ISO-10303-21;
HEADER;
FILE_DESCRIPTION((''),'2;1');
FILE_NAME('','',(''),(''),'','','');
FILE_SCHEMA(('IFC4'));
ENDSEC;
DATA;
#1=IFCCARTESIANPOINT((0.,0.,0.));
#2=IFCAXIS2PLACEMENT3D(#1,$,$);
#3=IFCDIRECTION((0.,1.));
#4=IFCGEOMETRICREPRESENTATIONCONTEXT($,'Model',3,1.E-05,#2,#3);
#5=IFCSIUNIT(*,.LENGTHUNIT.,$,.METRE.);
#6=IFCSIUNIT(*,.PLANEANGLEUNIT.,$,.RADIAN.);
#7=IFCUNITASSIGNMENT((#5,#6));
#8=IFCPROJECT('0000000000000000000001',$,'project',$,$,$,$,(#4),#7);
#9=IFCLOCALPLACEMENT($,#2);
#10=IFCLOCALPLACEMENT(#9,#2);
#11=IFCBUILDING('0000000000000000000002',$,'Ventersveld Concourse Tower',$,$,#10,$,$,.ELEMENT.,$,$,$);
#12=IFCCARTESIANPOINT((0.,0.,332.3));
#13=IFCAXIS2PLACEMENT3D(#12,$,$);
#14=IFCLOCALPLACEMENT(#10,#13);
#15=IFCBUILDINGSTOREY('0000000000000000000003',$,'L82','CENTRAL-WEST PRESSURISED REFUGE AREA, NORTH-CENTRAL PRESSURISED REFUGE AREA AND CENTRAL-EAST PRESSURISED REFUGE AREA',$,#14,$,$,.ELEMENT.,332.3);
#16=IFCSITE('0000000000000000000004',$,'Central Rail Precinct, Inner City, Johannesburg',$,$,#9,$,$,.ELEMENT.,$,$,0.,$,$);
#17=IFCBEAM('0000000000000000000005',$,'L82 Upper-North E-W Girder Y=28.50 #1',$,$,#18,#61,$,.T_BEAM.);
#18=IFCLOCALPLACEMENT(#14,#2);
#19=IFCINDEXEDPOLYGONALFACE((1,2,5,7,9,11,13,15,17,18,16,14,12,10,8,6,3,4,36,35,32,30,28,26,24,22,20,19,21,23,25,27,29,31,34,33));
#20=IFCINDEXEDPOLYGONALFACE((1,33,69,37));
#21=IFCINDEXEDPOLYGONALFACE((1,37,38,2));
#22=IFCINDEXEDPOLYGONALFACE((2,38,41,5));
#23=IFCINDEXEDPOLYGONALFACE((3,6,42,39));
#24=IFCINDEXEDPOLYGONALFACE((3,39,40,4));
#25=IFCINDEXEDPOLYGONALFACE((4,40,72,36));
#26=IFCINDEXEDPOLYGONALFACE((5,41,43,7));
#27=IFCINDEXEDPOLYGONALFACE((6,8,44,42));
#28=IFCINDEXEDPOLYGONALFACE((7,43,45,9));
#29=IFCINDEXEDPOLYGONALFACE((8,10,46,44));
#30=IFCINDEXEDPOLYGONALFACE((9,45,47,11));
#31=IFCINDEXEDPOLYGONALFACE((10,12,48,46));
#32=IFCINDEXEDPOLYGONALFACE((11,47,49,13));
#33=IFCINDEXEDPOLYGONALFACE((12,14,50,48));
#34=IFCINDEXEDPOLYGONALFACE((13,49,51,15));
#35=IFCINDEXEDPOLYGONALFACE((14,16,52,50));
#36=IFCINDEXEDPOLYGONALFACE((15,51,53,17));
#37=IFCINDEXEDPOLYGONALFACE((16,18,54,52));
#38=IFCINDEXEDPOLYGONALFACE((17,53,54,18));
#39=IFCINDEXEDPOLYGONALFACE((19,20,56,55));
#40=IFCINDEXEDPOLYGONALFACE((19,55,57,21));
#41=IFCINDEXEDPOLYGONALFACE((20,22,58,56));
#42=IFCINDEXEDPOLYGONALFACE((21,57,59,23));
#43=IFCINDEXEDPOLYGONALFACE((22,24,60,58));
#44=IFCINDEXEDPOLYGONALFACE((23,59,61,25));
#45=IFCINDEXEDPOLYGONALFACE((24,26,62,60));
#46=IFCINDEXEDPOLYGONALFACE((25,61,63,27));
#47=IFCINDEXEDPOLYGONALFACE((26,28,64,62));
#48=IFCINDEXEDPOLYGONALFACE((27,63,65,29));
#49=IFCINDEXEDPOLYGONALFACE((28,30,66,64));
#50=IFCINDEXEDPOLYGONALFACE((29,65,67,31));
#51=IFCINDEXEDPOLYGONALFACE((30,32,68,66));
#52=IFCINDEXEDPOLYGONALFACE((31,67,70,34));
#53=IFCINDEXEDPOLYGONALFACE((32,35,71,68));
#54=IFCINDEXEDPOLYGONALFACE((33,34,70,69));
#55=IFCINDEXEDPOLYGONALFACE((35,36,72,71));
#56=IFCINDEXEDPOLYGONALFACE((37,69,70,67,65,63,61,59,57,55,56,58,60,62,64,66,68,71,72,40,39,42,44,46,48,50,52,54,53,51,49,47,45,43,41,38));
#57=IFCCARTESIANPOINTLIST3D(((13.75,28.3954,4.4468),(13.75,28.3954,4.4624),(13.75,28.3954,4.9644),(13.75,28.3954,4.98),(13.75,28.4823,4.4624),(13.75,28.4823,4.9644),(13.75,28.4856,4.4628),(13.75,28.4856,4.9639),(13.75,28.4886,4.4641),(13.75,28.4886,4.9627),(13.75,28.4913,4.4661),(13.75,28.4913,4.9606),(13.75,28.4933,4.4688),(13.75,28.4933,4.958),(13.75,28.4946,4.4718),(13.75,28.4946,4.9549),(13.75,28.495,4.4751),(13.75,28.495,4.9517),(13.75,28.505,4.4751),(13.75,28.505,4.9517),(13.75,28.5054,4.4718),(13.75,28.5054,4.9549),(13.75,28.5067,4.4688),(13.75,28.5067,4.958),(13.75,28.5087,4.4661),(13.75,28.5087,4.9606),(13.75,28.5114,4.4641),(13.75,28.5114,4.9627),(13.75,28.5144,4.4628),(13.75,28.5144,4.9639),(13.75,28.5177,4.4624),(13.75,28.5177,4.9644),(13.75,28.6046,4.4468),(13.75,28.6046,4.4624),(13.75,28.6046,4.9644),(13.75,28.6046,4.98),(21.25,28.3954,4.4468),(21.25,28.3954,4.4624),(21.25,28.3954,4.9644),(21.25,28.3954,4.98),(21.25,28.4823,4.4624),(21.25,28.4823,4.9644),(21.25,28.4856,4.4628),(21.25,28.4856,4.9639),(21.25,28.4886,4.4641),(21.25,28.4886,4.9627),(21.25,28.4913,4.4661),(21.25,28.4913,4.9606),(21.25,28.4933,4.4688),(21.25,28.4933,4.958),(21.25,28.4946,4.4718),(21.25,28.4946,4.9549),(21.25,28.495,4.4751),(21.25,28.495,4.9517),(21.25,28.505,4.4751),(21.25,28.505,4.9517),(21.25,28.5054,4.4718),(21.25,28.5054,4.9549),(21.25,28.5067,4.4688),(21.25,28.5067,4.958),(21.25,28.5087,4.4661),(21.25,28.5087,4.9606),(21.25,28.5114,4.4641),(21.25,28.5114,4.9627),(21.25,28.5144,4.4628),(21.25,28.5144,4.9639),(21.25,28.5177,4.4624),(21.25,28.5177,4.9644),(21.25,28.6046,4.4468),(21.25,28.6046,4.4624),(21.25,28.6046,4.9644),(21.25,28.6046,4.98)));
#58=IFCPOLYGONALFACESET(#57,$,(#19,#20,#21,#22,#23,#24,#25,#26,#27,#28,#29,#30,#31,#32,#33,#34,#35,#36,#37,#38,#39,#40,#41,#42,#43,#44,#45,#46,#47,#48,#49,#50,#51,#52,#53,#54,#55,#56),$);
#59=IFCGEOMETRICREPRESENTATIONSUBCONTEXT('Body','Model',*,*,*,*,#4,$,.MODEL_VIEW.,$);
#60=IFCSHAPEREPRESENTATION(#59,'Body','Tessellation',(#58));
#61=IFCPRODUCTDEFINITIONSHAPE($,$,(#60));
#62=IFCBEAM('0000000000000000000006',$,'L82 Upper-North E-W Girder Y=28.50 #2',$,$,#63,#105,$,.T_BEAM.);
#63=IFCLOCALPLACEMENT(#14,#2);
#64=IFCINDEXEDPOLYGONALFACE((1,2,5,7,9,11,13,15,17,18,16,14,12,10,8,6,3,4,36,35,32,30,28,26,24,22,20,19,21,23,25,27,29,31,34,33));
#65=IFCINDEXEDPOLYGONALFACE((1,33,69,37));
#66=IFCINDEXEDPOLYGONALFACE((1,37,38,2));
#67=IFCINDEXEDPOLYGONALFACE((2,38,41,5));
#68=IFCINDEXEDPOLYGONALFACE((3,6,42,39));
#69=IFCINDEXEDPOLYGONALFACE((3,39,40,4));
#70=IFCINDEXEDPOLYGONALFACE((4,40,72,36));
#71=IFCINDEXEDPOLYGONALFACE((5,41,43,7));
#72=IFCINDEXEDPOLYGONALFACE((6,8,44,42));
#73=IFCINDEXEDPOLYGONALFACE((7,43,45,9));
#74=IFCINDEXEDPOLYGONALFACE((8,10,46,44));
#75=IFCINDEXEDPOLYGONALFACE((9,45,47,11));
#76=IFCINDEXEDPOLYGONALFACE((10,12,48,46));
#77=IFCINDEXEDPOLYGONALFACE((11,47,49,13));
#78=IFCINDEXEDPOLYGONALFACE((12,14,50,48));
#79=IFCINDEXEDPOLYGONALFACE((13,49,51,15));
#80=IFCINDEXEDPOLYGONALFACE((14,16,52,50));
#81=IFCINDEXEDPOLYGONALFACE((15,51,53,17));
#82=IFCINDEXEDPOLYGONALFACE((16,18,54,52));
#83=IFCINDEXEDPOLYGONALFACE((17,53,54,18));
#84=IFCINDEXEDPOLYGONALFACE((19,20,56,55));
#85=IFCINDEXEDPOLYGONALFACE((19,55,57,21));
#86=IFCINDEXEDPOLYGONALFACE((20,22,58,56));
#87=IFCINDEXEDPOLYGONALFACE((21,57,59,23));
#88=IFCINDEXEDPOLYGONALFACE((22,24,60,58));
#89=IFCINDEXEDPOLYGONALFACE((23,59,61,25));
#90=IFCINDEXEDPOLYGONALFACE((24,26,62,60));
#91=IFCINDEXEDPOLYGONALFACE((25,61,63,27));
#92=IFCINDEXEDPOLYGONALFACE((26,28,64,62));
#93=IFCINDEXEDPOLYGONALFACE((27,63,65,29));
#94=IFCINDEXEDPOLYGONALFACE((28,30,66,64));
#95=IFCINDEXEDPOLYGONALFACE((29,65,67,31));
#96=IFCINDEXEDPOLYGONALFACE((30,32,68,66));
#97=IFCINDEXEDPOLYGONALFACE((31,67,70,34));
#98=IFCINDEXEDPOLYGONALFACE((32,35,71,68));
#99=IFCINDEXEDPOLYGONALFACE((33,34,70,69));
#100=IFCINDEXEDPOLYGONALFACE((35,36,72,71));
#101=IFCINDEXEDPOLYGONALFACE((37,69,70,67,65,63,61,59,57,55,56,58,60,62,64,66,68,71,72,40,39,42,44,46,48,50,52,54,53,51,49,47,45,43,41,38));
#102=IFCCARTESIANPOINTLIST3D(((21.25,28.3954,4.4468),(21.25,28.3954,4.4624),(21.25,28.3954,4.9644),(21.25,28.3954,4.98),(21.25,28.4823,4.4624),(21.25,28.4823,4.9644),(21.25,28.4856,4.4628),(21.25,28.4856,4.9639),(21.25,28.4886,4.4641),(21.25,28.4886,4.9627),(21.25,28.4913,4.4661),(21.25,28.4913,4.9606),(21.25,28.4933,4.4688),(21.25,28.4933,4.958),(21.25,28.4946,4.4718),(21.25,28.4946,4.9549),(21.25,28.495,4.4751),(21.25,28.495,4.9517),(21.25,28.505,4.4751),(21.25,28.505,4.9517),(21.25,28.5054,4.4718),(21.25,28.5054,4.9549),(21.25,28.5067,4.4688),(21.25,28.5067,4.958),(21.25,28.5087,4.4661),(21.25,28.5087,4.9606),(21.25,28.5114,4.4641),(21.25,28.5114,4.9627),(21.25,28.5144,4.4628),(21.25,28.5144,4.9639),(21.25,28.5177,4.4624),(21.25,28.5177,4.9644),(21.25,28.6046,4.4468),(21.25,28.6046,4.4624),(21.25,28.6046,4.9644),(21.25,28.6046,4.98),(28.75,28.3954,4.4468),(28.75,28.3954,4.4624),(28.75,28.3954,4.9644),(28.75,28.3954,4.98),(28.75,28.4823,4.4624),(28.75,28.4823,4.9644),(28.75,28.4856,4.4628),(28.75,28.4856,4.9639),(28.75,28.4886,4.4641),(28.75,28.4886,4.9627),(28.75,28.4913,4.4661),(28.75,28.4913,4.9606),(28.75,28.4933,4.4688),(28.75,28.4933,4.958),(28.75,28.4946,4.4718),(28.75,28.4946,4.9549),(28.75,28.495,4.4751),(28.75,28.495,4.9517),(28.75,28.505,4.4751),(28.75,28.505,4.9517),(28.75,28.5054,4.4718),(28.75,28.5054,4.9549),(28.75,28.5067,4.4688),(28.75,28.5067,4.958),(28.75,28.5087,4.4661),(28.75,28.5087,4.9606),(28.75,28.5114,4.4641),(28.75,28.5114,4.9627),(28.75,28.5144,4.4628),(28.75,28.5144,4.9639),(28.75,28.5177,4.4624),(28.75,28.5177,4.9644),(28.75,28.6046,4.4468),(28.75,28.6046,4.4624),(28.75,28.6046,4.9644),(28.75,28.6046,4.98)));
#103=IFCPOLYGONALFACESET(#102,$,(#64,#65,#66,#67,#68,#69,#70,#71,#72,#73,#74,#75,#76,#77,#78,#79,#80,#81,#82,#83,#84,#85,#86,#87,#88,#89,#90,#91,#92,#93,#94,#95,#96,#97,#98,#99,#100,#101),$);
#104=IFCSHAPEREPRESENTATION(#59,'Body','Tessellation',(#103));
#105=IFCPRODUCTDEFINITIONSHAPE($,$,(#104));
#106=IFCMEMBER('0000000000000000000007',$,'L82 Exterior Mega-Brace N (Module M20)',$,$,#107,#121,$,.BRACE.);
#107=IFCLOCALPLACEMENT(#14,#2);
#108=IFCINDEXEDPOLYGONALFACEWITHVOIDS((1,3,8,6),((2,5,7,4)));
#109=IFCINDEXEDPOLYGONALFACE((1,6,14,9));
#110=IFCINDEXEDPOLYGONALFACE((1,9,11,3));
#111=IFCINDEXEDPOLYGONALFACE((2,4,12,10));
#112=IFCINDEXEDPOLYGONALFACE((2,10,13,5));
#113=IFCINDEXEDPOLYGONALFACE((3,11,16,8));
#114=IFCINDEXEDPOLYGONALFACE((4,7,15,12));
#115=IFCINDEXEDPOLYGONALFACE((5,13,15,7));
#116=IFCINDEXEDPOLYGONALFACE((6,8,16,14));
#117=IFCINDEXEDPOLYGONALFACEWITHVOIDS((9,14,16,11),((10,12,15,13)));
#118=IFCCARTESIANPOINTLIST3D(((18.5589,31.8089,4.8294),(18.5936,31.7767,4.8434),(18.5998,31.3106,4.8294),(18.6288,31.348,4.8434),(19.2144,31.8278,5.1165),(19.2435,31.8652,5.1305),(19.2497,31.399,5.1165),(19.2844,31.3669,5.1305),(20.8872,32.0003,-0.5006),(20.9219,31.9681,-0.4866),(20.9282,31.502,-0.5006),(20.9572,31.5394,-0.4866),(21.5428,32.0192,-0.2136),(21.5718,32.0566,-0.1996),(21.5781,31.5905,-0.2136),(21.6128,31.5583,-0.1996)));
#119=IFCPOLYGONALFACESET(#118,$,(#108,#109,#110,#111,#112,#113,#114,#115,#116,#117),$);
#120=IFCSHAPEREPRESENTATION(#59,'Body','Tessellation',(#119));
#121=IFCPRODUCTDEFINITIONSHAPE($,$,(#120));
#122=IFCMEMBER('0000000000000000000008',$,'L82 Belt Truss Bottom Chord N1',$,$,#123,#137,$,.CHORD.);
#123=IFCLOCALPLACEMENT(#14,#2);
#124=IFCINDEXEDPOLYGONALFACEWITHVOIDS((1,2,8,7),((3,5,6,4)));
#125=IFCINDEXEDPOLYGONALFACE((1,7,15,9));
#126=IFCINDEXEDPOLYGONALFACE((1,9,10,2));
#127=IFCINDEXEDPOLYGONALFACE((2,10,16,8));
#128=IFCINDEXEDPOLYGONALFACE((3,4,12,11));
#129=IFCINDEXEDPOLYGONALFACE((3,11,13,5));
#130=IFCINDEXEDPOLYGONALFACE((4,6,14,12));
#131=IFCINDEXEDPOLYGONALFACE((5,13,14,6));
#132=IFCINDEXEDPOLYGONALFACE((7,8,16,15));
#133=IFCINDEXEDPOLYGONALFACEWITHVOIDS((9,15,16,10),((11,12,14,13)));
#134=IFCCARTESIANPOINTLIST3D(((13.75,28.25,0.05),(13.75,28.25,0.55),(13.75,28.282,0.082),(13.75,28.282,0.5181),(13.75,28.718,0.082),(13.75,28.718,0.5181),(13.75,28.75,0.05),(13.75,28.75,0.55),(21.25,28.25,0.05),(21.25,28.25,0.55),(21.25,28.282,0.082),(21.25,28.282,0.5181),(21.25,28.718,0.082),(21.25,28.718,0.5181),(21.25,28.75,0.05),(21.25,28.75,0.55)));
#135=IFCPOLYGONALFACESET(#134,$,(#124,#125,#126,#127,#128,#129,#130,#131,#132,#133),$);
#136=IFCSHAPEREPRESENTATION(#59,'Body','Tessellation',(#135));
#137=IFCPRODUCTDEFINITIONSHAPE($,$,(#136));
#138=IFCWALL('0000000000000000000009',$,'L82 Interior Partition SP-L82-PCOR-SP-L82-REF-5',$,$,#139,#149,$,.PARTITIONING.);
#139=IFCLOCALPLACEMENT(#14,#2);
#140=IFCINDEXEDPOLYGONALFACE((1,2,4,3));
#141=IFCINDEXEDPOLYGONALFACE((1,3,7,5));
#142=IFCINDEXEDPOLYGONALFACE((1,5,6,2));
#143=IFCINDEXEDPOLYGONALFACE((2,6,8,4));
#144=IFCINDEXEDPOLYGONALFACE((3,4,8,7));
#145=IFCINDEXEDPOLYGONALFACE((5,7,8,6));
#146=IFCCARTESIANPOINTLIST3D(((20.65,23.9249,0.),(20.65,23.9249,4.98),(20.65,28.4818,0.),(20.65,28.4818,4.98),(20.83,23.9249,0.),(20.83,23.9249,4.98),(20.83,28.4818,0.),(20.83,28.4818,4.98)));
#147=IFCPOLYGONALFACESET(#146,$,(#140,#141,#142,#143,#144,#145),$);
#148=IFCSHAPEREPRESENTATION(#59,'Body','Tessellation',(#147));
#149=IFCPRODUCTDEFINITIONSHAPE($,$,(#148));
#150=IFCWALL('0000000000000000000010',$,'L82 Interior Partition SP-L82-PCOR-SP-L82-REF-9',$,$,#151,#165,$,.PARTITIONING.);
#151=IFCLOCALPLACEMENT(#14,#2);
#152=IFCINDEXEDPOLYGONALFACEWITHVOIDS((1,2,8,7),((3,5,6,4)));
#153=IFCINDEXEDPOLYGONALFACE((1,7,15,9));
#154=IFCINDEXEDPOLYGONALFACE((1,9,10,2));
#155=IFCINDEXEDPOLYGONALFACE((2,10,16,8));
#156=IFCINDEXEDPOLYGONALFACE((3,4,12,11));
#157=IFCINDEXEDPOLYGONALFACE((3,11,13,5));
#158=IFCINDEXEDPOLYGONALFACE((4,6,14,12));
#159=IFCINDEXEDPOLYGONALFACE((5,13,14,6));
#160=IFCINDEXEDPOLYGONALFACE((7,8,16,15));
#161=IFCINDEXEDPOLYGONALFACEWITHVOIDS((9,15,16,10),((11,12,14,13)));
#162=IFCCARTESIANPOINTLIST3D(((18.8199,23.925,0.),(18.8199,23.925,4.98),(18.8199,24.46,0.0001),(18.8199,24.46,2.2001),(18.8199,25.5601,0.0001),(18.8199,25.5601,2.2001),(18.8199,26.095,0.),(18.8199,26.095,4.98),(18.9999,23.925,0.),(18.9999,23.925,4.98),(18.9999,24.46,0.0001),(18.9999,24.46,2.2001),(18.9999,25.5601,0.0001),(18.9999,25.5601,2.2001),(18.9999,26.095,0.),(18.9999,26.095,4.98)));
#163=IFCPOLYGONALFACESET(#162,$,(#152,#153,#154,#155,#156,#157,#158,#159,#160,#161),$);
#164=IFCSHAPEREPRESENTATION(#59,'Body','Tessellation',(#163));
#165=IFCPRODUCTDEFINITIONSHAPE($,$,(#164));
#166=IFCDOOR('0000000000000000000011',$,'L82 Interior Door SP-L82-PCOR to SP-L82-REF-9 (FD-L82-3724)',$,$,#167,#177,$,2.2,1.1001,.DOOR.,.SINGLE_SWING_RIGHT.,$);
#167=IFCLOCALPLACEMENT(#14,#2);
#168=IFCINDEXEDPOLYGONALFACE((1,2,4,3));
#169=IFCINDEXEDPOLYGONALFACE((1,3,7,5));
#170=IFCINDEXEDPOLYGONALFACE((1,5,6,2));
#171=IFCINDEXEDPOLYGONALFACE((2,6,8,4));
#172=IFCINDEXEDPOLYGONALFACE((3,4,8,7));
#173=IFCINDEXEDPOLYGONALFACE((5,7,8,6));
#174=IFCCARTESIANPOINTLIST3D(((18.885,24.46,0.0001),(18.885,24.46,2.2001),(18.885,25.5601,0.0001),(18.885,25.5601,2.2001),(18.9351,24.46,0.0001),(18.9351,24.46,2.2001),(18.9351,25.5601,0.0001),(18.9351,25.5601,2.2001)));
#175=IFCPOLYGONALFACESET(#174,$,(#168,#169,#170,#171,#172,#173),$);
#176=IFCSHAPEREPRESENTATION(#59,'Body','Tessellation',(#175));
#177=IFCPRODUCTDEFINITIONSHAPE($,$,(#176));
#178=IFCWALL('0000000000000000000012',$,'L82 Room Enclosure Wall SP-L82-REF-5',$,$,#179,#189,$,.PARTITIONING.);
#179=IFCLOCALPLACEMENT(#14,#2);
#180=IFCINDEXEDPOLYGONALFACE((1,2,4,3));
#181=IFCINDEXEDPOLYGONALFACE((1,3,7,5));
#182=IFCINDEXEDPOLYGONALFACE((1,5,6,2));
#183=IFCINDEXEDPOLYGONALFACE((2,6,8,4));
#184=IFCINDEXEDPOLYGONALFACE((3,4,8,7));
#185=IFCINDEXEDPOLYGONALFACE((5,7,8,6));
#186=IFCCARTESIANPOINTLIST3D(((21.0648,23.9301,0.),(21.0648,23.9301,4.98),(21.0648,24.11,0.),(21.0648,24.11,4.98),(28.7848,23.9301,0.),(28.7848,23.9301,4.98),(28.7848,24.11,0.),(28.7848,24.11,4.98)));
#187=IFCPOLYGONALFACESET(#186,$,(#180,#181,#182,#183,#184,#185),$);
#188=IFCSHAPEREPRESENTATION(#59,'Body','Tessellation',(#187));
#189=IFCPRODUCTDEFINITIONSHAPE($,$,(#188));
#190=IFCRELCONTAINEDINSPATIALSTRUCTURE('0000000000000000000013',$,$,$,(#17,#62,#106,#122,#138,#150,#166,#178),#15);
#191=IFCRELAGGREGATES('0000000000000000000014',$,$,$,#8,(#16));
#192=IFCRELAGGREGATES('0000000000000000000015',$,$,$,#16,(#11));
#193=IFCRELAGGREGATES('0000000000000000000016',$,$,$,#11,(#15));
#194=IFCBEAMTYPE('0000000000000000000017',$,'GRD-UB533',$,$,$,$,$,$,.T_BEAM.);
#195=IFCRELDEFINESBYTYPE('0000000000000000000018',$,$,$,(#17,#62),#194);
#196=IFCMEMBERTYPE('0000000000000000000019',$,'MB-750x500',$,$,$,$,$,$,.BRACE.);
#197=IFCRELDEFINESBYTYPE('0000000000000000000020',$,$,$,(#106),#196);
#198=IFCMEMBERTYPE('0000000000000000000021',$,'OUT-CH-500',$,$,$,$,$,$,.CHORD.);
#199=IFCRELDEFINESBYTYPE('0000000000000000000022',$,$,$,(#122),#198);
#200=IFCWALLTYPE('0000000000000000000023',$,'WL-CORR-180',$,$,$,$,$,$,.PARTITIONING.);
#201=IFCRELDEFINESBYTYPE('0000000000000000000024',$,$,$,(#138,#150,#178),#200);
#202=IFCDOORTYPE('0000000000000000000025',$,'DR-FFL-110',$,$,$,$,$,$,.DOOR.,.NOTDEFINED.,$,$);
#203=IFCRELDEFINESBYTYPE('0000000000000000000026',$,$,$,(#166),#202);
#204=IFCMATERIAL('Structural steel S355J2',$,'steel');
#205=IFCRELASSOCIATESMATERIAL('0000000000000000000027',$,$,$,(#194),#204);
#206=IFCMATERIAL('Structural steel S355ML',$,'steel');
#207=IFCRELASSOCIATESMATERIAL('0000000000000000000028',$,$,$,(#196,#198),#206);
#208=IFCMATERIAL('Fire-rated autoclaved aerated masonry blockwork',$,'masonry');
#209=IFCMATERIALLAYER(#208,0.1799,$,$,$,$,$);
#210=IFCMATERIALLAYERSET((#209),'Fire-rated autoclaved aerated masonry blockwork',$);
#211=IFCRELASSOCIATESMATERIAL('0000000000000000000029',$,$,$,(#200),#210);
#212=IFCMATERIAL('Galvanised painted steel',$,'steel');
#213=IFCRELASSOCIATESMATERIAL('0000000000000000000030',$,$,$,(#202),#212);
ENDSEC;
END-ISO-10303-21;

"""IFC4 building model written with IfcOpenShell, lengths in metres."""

from ifc_helpers import new_model, si_unit, direction, frame, frame_2d, origin, origin_2d, place, context, subcontext, project, spatial, rectangle, hollow_rectangle, i_section, extrude, material, layer, layer_set, material_profile, profile_set, type_object, element, fill, save


model = new_model("IFC4")

# Units and contexts
model_context = context("Model", 3, precision=1e-05, world=origin(), true_north=direction((0.0, 1.0)))
body_context = subcontext(model_context, "Body", "Model", "MODEL_VIEW")
ifc_project = project(units=[si_unit("LENGTHUNIT", "METRE"), si_unit("PLANEANGLEUNIT", "RADIAN")], contexts=[model_context])

# Site, building, storey
site_placement = place(None, origin())
site = spatial("IfcSite", under=ifc_project, at=site_placement, Name="Central Rail Precinct, Inner City, Johannesburg", CompositionType="ELEMENT", RefElevation=0.0)
building_placement = place(site_placement, origin())
building = spatial("IfcBuilding", under=site, at=building_placement, Name="Ventersveld Concourse Tower", CompositionType="ELEMENT")
storey_placement = place(building_placement, frame((0.0, 0.0, 332.3)))
storey = spatial("IfcBuildingStorey", under=building, at=storey_placement, Name="L82", Description="CENTRAL-WEST PRESSURISED REFUGE AREA, NORTH-CENTRAL PRESSURISED REFUGE AREA AND CENTRAL-EAST PRESSURISED REFUGE AREA", CompositionType="ELEMENT", Elevation=332.3)

# Shared definitions
ifc_material_1 = material(Name="Structural steel S355J2", Category="steel")

# Shared definitions
ifc_material_2 = material(Name="Structural steel S355ML", Category="steel")

# Beams
ifc_material_profile_1 = material_profile(ifc_material_1, i_section(OverallWidth=0.2092, OverallDepth=0.5332, WebThickness=0.01, FlangeThickness=0.0156, FilletRadius=0.0127, at=origin_2d()), Name="UB 533x210x92")
ifc_profile_set_1 = profile_set([ifc_material_profile_1], Name="Structural steel S355J2")
beam_type_1 = type_object("IfcBeamType", Name="GRD-UB533", PredefinedType="T_BEAM", material=ifc_profile_set_1)
for number, where, z_axis, x_axis, name in (
    (1, (13.75, 28.5, 4.7134), (1.0, 0.0, 0.0), (0.0, 1.0, 0.0), "L82 Upper-North E-W Girder Y=28.50 #1"),
    (2, (21.25, 28.5, 4.7134), (1.0, 0.0, 0.0), (0.0, 1.0, 0.0), "L82 Upper-North E-W Girder Y=28.50 #2"),
):
    element("IfcBeam", number, at=place(storey_placement, frame(where, z_axis=z_axis, x_axis=x_axis)), inside=storey, type_object=beam_type_1, Name=name, PredefinedType="T_BEAM", context=body_context, shape_type="SweptSolid", body=[
        extrude(i_section(OverallWidth=0.2092, OverallDepth=0.5332, WebThickness=0.01, FlangeThickness=0.0156, FilletRadius=0.0127, at=origin_2d()), origin(), (0.0, 0.0, 1.0), 7.5),
    ])

# Members
ifc_material_profile_2 = material_profile(ifc_material_2, hollow_rectangle(XDim=0.5, YDim=0.75, WallThickness=0.0349, at=origin_2d()), Name="BOX 750x500x35")
ifc_profile_set_2 = profile_set([ifc_material_profile_2], Name="Structural steel S355ML")
member_type_1 = type_object("IfcMemberType", Name="MB-750x500", PredefinedType="BRACE", material=ifc_profile_set_2)
member_1_placement = place(storey_placement, frame((21.25, 31.7793, -0.3501), z_axis=(-0.400091, -0.03289, 0.915885), x_axis=(0.08193, -0.996638, 0.0)))
element("IfcMember", 3, at=member_1_placement, inside=storey, type_object=member_type_1, Name="L82 Exterior Mega-Brace N (Module M20)", PredefinedType="BRACE", context=body_context, shape_type="SweptSolid", body=[
    extrude(hollow_rectangle(XDim=0.5, YDim=0.75, WallThickness=0.0349, at=origin_2d()), origin(), (0.0, 0.0, 1.0), 5.8196),
])
ifc_material_profile_3 = material_profile(ifc_material_2, hollow_rectangle(XDim=0.5, YDim=0.5, WallThickness=0.032, at=origin_2d()), Name="BOX 500x500x32")
ifc_profile_set_3 = profile_set([ifc_material_profile_3], Name="Structural steel S355ML")
member_type_2 = type_object("IfcMemberType", Name="OUT-CH-500", PredefinedType="CHORD", material=ifc_profile_set_3)
member_2_placement = place(storey_placement, frame((13.75, 28.5, 0.3), z_axis=(1.0, 0.0, 0.0), x_axis=(0.0, 1.0, 0.0)))
element("IfcMember", 4, at=member_2_placement, inside=storey, type_object=member_type_2, Name="L82 Belt Truss Bottom Chord N1", PredefinedType="CHORD", context=body_context, shape_type="SweptSolid", body=[
    extrude(hollow_rectangle(XDim=0.5, YDim=0.5, WallThickness=0.032, at=origin_2d()), origin(), (0.0, 0.0, 1.0), 7.5),
])

# Wall
ifc_material_3 = material(Name="Fire-rated autoclaved aerated masonry blockwork", Category="masonry")
ifc_layer_1 = layer(ifc_material_3, 0.1799)
ifc_layer_set_1 = layer_set([ifc_layer_1], Name="Fire-rated autoclaved aerated masonry blockwork")
wall_type_1 = type_object("IfcWallType", Name="WL-CORR-180", PredefinedType="PARTITIONING", material=ifc_layer_set_1)
wall_1_placement = place(storey_placement, frame((20.74, 23.925, 0.0), z_axis=(0.0, 0.0, 1.0), x_axis=(0.0, 1.0, 0.0)))
element("IfcWall", 5, at=wall_1_placement, inside=storey, type_object=wall_type_1, Name="L82 Interior Partition SP-L82-PCOR-SP-L82-REF-5", PredefinedType="PARTITIONING", context=body_context, shape_type="SweptSolid", body=[
    extrude(rectangle(XDim=4.5569, YDim=0.1799, at=frame_2d((2.2783, 0.0))), origin(), (0.0, 0.0, 1.0), 4.98),
])

# Wall, opening, door
wall_2_placement = place(storey_placement, frame((18.9099, 23.925, 0.0), z_axis=(0.0, 0.0, 1.0), x_axis=(0.0, 1.0, 0.0)))
wall_2 = element("IfcWall", 6, at=wall_2_placement, inside=storey, type_object=wall_type_1, Name="L82 Interior Partition SP-L82-PCOR-SP-L82-REF-9", PredefinedType="PARTITIONING", context=body_context, shape_type="SweptSolid", body=[
    extrude(rectangle(XDim=2.1699, YDim=0.1799, at=frame_2d((1.085, 0.0))), origin(), (0.0, 0.0, 1.0), 4.98),
])
opening_1_placement = place(wall_2_placement, frame((0.5349, 0.0, 0.0)))
opening_1 = element("IfcOpeningElement", 7, at=opening_1_placement, cuts=wall_2, PredefinedType="OPENING", context=body_context, shape_type="SweptSolid", body=[
    extrude(rectangle(XDim=1.1001, YDim=2.2, at=frame_2d((0.55, 1.1001))), frame((0.0, 0.1001, 0.0), z_axis=(0.0, -1.0, 0.0), x_axis=(1.0, 0.0, 0.0)), (0.0, 0.0, 1.0), 0.2),
])
ifc_material_4 = material(Name="Galvanised painted steel", Category="steel")
door_type_1 = type_object("IfcDoorType", Name="DR-FFL-110", OperationType="NOTDEFINED", PredefinedType="DOOR", material=ifc_material_4)
door_1_placement = place(opening_1_placement, origin())
door_1 = element("IfcDoor", 8, at=door_1_placement, inside=storey, type_object=door_type_1, Name="L82 Interior Door SP-L82-PCOR to SP-L82-REF-9 (FD-L82-3724)", OperationType="SINGLE_SWING_RIGHT", OverallHeight=2.2, OverallWidth=1.1001, PredefinedType="DOOR", context=body_context, shape_type="SweptSolid", body=[
    extrude(rectangle(XDim=1.1001, YDim=2.2, at=frame_2d((0.55, 1.1001))), frame((0.0, 0.0249, 0.0), z_axis=(0.0, -1.0, 0.0), x_axis=(1.0, 0.0, 0.0)), (0.0, 0.0, 1.0), 0.05),
])
fill(opening_1, door_1)

# Wall
wall_3_placement = place(storey_placement, frame((21.0649, 24.02, 0.0), z_axis=(0.0, 0.0, 1.0), x_axis=(1.0, 0.0, 0.0)))
element("IfcWall", 9, at=wall_3_placement, inside=storey, type_object=wall_type_1, Name="L82 Room Enclosure Wall SP-L82-REF-5", PredefinedType="PARTITIONING", context=body_context, shape_type="SweptSolid", body=[
    extrude(rectangle(XDim=7.72, YDim=0.1799, at=frame_2d((3.8599, 0.0))), origin(), (0.0, 0.0, 1.0), 4.98),
])

save(model, "model.ifc")
